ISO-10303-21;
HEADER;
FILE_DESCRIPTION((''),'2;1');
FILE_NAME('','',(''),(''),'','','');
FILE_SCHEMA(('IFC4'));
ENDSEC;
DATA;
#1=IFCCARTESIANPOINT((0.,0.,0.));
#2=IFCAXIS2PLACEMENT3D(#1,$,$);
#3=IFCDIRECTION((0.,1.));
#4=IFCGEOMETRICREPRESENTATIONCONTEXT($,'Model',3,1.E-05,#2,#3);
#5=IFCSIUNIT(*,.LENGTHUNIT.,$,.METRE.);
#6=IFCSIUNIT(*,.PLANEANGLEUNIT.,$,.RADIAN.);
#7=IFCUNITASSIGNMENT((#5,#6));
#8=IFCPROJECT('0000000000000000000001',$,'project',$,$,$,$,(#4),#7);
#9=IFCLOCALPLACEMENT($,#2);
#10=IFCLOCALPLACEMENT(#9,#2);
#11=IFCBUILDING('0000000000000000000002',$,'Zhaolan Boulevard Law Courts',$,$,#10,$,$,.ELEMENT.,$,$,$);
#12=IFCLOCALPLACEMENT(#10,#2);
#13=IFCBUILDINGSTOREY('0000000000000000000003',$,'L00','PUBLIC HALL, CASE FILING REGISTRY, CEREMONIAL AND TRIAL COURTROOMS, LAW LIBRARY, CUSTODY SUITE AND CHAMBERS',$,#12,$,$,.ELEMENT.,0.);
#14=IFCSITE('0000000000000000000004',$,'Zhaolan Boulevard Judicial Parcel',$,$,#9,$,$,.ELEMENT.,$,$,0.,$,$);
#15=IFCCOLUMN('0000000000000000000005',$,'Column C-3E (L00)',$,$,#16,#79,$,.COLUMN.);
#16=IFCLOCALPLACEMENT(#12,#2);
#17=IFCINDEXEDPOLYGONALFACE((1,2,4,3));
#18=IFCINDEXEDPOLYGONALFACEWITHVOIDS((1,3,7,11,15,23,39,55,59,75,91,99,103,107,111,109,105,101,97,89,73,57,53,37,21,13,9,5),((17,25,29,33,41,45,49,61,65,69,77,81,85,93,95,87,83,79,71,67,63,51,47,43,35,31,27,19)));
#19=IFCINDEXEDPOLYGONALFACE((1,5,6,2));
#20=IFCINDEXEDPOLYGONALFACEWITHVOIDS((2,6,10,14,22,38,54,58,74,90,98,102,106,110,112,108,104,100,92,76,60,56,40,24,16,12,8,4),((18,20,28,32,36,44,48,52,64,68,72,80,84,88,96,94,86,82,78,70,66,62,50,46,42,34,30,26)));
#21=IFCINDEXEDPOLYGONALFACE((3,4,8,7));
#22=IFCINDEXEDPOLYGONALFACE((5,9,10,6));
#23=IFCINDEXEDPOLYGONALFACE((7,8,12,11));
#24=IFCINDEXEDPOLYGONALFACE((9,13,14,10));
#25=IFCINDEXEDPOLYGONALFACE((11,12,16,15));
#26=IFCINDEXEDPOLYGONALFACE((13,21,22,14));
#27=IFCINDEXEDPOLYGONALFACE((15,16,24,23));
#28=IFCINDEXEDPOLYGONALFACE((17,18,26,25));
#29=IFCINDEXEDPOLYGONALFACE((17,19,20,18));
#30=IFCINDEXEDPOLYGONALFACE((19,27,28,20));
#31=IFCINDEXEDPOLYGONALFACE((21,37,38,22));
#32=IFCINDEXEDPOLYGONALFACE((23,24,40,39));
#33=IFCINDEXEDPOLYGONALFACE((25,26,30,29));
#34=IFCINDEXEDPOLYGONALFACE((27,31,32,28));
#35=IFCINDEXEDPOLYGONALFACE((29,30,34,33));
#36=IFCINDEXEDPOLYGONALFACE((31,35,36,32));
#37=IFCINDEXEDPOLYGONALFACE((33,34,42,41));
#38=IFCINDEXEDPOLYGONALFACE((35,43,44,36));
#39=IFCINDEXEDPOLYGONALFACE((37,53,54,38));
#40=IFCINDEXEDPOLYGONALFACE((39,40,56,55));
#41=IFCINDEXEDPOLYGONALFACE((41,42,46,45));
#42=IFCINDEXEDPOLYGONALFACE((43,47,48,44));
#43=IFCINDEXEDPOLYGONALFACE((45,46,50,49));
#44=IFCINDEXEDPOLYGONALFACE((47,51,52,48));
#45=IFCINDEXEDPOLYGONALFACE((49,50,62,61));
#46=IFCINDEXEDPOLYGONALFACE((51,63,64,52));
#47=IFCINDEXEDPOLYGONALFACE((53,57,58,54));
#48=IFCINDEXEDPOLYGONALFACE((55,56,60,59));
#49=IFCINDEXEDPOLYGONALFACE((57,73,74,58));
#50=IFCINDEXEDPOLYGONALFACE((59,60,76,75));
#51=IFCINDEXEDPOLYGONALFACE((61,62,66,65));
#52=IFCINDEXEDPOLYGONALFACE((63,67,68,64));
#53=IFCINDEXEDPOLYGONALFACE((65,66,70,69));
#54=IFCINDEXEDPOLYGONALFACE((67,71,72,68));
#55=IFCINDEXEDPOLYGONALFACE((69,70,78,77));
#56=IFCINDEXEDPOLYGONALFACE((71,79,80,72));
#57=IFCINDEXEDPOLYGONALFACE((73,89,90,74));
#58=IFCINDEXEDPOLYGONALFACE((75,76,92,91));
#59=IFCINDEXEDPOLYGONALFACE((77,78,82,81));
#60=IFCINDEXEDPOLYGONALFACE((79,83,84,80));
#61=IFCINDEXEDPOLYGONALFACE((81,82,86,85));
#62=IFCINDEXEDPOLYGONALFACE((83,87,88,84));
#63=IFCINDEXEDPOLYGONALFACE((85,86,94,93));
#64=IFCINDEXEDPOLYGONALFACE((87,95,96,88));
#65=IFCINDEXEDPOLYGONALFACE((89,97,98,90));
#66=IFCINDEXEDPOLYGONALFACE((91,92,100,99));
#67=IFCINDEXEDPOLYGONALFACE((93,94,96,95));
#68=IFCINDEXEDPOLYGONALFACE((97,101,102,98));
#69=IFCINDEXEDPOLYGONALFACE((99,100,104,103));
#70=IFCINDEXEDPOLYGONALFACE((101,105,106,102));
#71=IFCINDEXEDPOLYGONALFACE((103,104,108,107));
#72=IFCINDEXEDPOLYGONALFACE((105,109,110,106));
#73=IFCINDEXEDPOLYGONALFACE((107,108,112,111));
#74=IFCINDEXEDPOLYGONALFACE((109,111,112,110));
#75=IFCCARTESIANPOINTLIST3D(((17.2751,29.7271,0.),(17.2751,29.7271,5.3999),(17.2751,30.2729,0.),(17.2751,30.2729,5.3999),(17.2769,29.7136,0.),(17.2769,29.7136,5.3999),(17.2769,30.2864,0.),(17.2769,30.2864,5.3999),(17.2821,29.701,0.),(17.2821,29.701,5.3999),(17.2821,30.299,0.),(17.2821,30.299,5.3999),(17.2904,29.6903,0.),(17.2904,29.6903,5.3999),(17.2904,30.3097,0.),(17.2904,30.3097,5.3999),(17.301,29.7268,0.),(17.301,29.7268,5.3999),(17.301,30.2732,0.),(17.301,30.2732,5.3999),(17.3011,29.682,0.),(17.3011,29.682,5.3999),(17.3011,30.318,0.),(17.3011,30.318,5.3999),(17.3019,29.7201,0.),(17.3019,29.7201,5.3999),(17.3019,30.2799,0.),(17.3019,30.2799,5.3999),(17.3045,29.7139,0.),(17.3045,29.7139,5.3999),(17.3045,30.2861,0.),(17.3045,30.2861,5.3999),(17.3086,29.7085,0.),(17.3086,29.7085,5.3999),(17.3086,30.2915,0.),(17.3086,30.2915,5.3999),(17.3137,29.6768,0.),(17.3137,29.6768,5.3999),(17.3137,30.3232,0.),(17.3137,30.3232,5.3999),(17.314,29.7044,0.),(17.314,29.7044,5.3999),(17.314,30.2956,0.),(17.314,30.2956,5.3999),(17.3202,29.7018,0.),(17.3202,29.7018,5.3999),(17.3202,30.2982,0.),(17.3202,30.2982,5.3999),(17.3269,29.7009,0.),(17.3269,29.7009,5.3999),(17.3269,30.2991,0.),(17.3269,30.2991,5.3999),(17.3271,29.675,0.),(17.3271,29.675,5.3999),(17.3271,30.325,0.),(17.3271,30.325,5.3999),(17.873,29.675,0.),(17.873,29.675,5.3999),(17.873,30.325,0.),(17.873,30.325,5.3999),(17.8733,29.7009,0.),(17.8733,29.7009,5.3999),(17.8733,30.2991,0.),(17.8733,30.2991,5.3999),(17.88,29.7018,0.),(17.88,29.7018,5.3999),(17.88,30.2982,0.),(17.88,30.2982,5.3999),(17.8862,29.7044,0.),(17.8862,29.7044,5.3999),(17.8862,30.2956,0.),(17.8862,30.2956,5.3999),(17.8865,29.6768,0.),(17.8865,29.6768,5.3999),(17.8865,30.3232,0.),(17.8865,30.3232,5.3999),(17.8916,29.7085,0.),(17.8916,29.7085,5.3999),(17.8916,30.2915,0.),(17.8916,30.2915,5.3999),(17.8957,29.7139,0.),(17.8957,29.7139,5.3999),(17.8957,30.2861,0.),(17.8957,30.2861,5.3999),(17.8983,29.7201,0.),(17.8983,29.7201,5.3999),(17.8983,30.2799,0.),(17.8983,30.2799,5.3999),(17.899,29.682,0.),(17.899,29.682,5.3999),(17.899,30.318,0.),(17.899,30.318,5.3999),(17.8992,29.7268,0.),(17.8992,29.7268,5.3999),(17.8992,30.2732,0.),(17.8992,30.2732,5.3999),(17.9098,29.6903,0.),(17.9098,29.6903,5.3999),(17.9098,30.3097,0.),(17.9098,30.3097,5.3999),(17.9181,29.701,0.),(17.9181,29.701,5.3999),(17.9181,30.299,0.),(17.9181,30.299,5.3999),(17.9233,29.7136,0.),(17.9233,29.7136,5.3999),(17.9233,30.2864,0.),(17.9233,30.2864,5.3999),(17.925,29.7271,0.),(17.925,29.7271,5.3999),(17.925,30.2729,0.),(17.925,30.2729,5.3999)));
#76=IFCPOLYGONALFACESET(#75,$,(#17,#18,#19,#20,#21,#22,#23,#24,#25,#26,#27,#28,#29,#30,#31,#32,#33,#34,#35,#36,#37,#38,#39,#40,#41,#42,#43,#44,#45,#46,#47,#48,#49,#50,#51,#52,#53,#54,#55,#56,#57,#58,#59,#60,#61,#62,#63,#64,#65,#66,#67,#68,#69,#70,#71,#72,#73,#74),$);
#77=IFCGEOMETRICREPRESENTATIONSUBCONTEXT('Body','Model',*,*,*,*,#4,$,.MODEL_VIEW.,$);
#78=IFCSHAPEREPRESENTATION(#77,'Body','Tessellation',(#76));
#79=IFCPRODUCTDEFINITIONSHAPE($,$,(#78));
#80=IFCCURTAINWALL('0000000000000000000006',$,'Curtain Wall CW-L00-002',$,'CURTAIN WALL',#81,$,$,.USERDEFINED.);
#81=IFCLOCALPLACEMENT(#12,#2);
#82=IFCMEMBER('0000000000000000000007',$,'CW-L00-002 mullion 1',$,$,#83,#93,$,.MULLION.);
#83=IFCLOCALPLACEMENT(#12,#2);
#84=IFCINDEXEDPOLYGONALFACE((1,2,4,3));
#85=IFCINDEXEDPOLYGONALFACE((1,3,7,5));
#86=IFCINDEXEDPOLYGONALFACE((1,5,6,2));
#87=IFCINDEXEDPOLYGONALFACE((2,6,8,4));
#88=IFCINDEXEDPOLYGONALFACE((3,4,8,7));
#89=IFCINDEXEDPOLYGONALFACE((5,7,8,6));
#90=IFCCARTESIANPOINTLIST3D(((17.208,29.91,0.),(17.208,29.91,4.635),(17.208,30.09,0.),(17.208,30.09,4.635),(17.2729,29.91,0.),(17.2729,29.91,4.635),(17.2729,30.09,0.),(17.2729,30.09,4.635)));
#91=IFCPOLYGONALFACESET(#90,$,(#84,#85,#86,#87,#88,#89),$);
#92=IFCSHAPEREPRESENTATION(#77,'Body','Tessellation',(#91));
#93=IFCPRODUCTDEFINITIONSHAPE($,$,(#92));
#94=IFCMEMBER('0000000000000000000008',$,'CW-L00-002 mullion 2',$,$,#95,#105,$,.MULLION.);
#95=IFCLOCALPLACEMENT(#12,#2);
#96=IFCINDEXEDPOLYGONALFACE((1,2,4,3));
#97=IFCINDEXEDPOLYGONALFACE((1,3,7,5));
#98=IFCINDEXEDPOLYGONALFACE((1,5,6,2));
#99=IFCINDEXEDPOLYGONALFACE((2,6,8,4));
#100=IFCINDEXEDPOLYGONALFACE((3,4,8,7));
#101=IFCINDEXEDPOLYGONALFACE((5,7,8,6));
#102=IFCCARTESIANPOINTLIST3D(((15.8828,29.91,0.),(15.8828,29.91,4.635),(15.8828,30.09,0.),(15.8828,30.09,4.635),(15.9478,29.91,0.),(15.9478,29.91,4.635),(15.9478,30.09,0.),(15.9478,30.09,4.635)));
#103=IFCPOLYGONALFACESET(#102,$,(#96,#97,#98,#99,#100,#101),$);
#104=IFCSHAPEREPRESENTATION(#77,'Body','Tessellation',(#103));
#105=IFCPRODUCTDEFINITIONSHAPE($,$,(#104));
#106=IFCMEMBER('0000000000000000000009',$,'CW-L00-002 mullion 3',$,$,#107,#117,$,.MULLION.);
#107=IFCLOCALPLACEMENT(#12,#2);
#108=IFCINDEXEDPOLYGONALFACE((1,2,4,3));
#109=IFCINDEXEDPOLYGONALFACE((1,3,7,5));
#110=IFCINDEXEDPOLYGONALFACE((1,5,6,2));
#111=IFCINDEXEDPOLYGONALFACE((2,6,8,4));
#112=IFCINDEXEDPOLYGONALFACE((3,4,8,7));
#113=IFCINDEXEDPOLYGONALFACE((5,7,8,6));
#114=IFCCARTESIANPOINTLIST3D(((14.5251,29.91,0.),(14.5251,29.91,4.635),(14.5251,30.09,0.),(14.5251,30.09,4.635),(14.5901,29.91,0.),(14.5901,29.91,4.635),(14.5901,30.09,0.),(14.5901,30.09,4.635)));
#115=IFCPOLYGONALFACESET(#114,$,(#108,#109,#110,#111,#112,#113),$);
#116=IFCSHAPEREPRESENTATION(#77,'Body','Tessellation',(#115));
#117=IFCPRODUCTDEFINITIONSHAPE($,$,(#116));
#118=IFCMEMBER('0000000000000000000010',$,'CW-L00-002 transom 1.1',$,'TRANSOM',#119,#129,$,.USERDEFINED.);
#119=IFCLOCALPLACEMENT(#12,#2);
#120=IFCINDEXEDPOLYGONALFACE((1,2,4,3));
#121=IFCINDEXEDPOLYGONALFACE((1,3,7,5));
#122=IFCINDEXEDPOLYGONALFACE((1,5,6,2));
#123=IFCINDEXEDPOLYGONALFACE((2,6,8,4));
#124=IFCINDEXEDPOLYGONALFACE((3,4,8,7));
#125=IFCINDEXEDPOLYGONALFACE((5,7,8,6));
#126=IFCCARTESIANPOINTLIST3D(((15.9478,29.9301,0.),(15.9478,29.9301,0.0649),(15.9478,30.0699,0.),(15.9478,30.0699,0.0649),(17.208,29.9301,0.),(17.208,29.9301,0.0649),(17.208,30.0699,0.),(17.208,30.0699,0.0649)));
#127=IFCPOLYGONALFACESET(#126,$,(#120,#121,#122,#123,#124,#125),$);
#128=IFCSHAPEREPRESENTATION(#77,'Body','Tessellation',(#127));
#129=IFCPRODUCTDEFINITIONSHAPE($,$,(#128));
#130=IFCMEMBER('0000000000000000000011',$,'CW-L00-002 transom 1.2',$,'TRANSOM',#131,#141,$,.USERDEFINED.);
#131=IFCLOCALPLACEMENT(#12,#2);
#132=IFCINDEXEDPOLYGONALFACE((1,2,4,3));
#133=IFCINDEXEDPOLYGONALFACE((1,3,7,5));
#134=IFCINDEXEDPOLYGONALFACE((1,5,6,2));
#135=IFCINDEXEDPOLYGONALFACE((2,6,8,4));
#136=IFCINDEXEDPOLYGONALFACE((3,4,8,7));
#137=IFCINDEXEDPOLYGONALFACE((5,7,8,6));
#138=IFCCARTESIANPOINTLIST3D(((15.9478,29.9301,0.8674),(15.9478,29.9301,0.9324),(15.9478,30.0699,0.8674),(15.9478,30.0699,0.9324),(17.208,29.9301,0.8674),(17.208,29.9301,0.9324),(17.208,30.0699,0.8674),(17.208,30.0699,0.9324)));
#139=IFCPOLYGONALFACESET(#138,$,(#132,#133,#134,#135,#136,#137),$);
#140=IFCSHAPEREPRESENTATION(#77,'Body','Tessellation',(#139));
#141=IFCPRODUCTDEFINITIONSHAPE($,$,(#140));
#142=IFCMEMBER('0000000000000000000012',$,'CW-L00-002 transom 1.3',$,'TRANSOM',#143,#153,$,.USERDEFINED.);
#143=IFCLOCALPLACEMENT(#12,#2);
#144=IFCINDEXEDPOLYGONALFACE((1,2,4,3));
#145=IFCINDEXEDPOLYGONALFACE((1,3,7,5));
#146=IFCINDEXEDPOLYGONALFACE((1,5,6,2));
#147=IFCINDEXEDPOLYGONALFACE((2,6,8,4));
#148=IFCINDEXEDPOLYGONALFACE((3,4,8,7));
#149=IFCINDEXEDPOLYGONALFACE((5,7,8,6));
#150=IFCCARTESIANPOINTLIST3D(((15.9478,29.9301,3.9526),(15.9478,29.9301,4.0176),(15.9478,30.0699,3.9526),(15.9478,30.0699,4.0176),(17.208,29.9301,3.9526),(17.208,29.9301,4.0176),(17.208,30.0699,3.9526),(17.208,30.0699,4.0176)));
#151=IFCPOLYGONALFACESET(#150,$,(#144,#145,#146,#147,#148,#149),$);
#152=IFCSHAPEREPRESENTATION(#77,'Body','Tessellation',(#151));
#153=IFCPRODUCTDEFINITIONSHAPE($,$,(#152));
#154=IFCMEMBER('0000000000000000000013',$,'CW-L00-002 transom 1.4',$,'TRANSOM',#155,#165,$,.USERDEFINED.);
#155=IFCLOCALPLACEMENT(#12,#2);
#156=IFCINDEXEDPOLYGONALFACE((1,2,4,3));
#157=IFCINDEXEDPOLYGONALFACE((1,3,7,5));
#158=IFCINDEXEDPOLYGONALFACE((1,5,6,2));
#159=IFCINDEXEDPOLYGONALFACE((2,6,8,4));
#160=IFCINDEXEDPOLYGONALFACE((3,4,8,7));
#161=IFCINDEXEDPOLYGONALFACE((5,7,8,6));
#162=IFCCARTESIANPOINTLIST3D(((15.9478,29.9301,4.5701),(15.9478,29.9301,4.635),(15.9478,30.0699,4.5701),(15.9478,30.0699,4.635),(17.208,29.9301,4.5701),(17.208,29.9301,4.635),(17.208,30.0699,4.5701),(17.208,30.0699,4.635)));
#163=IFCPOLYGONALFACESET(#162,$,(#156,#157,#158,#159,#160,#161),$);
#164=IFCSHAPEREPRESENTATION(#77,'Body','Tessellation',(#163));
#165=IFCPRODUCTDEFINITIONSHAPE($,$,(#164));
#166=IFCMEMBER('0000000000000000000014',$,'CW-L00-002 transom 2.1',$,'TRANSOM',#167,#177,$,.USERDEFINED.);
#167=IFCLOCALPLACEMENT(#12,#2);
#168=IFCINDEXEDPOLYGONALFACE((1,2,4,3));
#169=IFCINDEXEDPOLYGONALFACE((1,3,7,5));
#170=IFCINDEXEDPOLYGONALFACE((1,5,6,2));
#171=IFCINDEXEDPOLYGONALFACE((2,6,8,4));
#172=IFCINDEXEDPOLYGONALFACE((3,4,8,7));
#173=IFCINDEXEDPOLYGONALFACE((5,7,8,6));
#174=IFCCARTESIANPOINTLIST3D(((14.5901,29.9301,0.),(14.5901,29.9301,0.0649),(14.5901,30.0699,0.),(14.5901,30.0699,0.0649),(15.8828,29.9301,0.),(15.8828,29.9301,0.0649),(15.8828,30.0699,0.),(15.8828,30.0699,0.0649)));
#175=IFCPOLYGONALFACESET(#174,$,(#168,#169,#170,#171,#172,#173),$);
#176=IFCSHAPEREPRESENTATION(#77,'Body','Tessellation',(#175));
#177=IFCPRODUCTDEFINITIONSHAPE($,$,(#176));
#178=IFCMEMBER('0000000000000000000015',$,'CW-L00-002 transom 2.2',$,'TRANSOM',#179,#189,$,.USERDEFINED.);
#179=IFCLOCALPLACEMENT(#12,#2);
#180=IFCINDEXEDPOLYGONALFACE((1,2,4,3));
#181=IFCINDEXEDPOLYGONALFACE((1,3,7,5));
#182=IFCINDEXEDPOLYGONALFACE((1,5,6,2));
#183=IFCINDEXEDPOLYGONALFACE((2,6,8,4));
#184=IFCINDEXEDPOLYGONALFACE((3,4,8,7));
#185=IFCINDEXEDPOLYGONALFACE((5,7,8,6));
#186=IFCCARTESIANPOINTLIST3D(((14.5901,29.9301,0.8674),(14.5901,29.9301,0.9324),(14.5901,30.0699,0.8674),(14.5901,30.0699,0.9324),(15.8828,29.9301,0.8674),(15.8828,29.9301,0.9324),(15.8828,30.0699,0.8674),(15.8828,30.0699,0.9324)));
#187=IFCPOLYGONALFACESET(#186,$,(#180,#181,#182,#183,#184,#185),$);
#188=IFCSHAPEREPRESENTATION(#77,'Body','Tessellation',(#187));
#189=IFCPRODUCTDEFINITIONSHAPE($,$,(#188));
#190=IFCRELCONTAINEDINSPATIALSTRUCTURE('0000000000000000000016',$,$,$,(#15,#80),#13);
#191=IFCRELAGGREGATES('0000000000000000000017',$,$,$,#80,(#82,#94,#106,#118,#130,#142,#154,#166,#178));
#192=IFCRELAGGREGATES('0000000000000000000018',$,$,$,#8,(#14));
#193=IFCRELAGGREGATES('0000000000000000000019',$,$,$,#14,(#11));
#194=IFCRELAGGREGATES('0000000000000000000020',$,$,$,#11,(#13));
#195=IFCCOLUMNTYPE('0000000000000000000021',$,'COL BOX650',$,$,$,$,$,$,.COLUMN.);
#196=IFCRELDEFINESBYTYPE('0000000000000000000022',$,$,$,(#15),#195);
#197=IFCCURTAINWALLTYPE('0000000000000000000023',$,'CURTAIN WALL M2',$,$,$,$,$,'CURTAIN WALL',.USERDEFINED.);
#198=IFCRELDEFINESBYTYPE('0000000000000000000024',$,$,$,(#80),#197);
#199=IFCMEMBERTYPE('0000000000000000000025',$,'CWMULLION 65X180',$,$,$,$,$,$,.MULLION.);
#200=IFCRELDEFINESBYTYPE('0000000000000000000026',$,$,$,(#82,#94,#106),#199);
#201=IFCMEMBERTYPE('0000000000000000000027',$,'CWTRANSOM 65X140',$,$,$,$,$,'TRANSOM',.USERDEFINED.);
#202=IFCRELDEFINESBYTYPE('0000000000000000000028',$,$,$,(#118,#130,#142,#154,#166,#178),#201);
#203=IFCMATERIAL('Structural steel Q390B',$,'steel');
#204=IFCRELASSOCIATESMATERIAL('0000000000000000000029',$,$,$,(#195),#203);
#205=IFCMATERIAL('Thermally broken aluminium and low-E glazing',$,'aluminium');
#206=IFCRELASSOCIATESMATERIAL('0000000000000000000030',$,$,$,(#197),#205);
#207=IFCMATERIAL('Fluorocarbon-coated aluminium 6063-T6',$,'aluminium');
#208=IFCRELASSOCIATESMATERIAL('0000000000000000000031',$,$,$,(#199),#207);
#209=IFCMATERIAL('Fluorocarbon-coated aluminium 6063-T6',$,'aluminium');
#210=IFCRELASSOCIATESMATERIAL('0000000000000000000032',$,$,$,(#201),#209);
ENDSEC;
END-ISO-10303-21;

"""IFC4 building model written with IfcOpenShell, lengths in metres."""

from ifc_helpers import new_model, si_unit, direction, frame, origin, origin_2d, place, context, subcontext, project, spatial, rectangle, hollow_rectangle, extrude, material, material_profile, profile_set, type_object, element, aggregate, save


model = new_model("IFC4")

# Units and contexts
model_context = context("Model", 3, precision=1e-05, world=origin(), true_north=direction((0.0, 1.0)))
body_context = subcontext(model_context, "Body", "Model", "MODEL_VIEW")
ifc_project = project(units=[si_unit("LENGTHUNIT", "METRE"), si_unit("PLANEANGLEUNIT", "RADIAN")], contexts=[model_context])

# Site, building, storey
site_placement = place(None, origin())
site = spatial("IfcSite", under=ifc_project, at=site_placement, Name="Zhaolan Boulevard Judicial Parcel", CompositionType="ELEMENT", RefElevation=0.0)
building_placement = place(site_placement, origin())
building = spatial("IfcBuilding", under=site, at=building_placement, Name="Zhaolan Boulevard Law Courts", CompositionType="ELEMENT")
storey_placement = place(building_placement, origin())
storey = spatial("IfcBuildingStorey", under=building, at=storey_placement, Name="L00", Description="PUBLIC HALL, CASE FILING REGISTRY, CEREMONIAL AND TRIAL COURTROOMS, LAW LIBRARY, CUSTODY SUITE AND CHAMBERS", CompositionType="ELEMENT", Elevation=0.0)

# Column
ifc_material_1 = material(Name="Structural steel Q390B", Category="steel")
ifc_material_profile_1 = material_profile(ifc_material_1, hollow_rectangle(XDim=0.6499, YDim=0.6499, WallThickness=0.0259, InnerFilletRadius=0.0259, OuterFilletRadius=0.052, at=origin_2d()), Name="BOX650x650x26")
ifc_profile_set_1 = profile_set([ifc_material_profile_1], Name="Structural steel Q390B")
column_type = type_object("IfcColumnType", Name="COL BOX650", PredefinedType="COLUMN", material=ifc_profile_set_1)
column_placement = place(storey_placement, frame((17.6001, 30.0, 0.0), z_axis=(0.0, 0.0, 1.0), x_axis=(1.0, 0.0, 0.0)))
element("IfcColumn", 1, at=column_placement, inside=storey, type_object=column_type, Name="Column C-3E (L00)", PredefinedType="COLUMN", context=body_context, shape_type="SweptSolid", body=[
    extrude(hollow_rectangle(XDim=0.6499, YDim=0.6499, WallThickness=0.0259, InnerFilletRadius=0.0259, OuterFilletRadius=0.052, at=origin_2d()), origin(), (0.0, 0.0, 1.0), 5.3999),
])

# Curtain wall, members
ifc_material_2 = material(Name="Thermally broken aluminium and low-E glazing", Category="aluminium")
curtain_wall_type = type_object("IfcCurtainWallType", Name="CURTAIN WALL M2", ElementType="CURTAIN WALL", PredefinedType="USERDEFINED", material=ifc_material_2)
curtain_wall_placement = place(storey_placement, origin())
curtain_wall = element("IfcCurtainWall", 2, at=curtain_wall_placement, inside=storey, type_object=curtain_wall_type, Name="Curtain Wall CW-L00-002", ObjectType="CURTAIN WALL", PredefinedType="USERDEFINED")
ifc_material_3 = material(Name="Fluorocarbon-coated aluminium 6063-T6", Category="aluminium")
ifc_material_profile_2 = material_profile(ifc_material_3, rectangle(XDim=0.1799, YDim=0.0649, at=origin_2d()), Name="AL65x180")
ifc_profile_set_2 = profile_set([ifc_material_profile_2], Name="Fluorocarbon-coated aluminium 6063-T6")
member_type_1 = type_object("IfcMemberType", Name="CWMULLION 65X180", PredefinedType="MULLION", material=ifc_profile_set_2)
member_1_placement = place(storey_placement, frame((17.2405, 30.0, 0.0), z_axis=(0.0, 0.0, 1.0), x_axis=(0.0, -1.0, 0.0)))
member_1 = element("IfcMember", 3, at=member_1_placement, type_object=member_type_1, Name="CW-L00-002 mullion 1", PredefinedType="MULLION", context=body_context, shape_type="SweptSolid", body=[
    extrude(rectangle(XDim=0.1799, YDim=0.0649, at=origin_2d()), origin(), (0.0, 0.0, 1.0), 4.635),
])
member_2_placement = place(storey_placement, frame((15.9153, 30.0, 0.0), z_axis=(0.0, 0.0, 1.0), x_axis=(0.0, -1.0, 0.0)))
member_2 = element("IfcMember", 4, at=member_2_placement, type_object=member_type_1, Name="CW-L00-002 mullion 2", PredefinedType="MULLION", context=body_context, shape_type="SweptSolid", body=[
    extrude(rectangle(XDim=0.1799, YDim=0.0649, at=origin_2d()), origin(), (0.0, 0.0, 1.0), 4.635),
])
member_3_placement = place(storey_placement, frame((14.5576, 30.0, 0.0), z_axis=(0.0, 0.0, 1.0), x_axis=(0.0, -1.0, 0.0)))
member_3 = element("IfcMember", 5, at=member_3_placement, type_object=member_type_1, Name="CW-L00-002 mullion 3", PredefinedType="MULLION", context=body_context, shape_type="SweptSolid", body=[
    extrude(rectangle(XDim=0.1799, YDim=0.0649, at=origin_2d()), origin(), (0.0, 0.0, 1.0), 4.635),
])
ifc_material_4 = material(Name="Fluorocarbon-coated aluminium 6063-T6", Category="aluminium")
ifc_material_profile_3 = material_profile(ifc_material_4, rectangle(XDim=0.1399, YDim=0.0649, at=origin_2d()), Name="AL65x140")
ifc_profile_set_3 = profile_set([ifc_material_profile_3], Name="Fluorocarbon-coated aluminium 6063-T6")
member_type_2 = type_object("IfcMemberType", Name="CWTRANSOM 65X140", ElementType="TRANSOM", PredefinedType="USERDEFINED", material=ifc_profile_set_3)
member_4_placement = place(storey_placement, frame((17.208, 30.0, 0.0325), z_axis=(-1.0, 0.0, 0.0), x_axis=(0.0, -1.0, 0.0)))
member_4 = element("IfcMember", 6, at=member_4_placement, type_object=member_type_2, Name="CW-L00-002 transom 1.1", ObjectType="TRANSOM", PredefinedType="USERDEFINED", context=body_context, shape_type="SweptSolid", body=[
    extrude(rectangle(XDim=0.1399, YDim=0.0649, at=origin_2d()), origin(), (0.0, 0.0, 1.0), 1.2603),
])
member_5_placement = place(storey_placement, frame((17.208, 30.0, 0.8999), z_axis=(-1.0, 0.0, 0.0), x_axis=(0.0, -1.0, 0.0)))
member_5 = element("IfcMember", 7, at=member_5_placement, type_object=member_type_2, Name="CW-L00-002 transom 1.2", ObjectType="TRANSOM", PredefinedType="USERDEFINED", context=body_context, shape_type="SweptSolid", body=[
    extrude(rectangle(XDim=0.1399, YDim=0.0649, at=origin_2d()), origin(), (0.0, 0.0, 1.0), 1.2603),
])
member_6_placement = place(storey_placement, frame((17.208, 30.0, 3.9851), z_axis=(-1.0, 0.0, 0.0), x_axis=(0.0, -1.0, 0.0)))
member_6 = element("IfcMember", 8, at=member_6_placement, type_object=member_type_2, Name="CW-L00-002 transom 1.3", ObjectType="TRANSOM", PredefinedType="USERDEFINED", context=body_context, shape_type="SweptSolid", body=[
    extrude(rectangle(XDim=0.1399, YDim=0.0649, at=origin_2d()), origin(), (0.0, 0.0, 1.0), 1.2603),
])
member_7_placement = place(storey_placement, frame((17.208, 30.0, 4.6025), z_axis=(-1.0, 0.0, 0.0), x_axis=(0.0, -1.0, 0.0)))
member_7 = element("IfcMember", 9, at=member_7_placement, type_object=member_type_2, Name="CW-L00-002 transom 1.4", ObjectType="TRANSOM", PredefinedType="USERDEFINED", context=body_context, shape_type="SweptSolid", body=[
    extrude(rectangle(XDim=0.1399, YDim=0.0649, at=origin_2d()), origin(), (0.0, 0.0, 1.0), 1.2603),
])
member_8_placement = place(storey_placement, frame((15.8828, 30.0, 0.0325), z_axis=(-1.0, 0.0, 0.0), x_axis=(0.0, -1.0, 0.0)))
member_8 = element("IfcMember", 10, at=member_8_placement, type_object=member_type_2, Name="CW-L00-002 transom 2.1", ObjectType="TRANSOM", PredefinedType="USERDEFINED", context=body_context, shape_type="SweptSolid", body=[
    extrude(rectangle(XDim=0.1399, YDim=0.0649, at=origin_2d()), origin(), (0.0, 0.0, 1.0), 1.2927),
])
member_9_placement = place(storey_placement, frame((15.8828, 30.0, 0.8999), z_axis=(-1.0, 0.0, 0.0), x_axis=(0.0, -1.0, 0.0)))
member_9 = element("IfcMember", 11, at=member_9_placement, type_object=member_type_2, Name="CW-L00-002 transom 2.2", ObjectType="TRANSOM", PredefinedType="USERDEFINED", context=body_context, shape_type="SweptSolid", body=[
    extrude(rectangle(XDim=0.1399, YDim=0.0649, at=origin_2d()), origin(), (0.0, 0.0, 1.0), 1.2927),
])
aggregate(curtain_wall, [member_1, member_2, member_3, member_4, member_5, member_6, member_7, member_8, member_9])

save(model, "model.ifc")
